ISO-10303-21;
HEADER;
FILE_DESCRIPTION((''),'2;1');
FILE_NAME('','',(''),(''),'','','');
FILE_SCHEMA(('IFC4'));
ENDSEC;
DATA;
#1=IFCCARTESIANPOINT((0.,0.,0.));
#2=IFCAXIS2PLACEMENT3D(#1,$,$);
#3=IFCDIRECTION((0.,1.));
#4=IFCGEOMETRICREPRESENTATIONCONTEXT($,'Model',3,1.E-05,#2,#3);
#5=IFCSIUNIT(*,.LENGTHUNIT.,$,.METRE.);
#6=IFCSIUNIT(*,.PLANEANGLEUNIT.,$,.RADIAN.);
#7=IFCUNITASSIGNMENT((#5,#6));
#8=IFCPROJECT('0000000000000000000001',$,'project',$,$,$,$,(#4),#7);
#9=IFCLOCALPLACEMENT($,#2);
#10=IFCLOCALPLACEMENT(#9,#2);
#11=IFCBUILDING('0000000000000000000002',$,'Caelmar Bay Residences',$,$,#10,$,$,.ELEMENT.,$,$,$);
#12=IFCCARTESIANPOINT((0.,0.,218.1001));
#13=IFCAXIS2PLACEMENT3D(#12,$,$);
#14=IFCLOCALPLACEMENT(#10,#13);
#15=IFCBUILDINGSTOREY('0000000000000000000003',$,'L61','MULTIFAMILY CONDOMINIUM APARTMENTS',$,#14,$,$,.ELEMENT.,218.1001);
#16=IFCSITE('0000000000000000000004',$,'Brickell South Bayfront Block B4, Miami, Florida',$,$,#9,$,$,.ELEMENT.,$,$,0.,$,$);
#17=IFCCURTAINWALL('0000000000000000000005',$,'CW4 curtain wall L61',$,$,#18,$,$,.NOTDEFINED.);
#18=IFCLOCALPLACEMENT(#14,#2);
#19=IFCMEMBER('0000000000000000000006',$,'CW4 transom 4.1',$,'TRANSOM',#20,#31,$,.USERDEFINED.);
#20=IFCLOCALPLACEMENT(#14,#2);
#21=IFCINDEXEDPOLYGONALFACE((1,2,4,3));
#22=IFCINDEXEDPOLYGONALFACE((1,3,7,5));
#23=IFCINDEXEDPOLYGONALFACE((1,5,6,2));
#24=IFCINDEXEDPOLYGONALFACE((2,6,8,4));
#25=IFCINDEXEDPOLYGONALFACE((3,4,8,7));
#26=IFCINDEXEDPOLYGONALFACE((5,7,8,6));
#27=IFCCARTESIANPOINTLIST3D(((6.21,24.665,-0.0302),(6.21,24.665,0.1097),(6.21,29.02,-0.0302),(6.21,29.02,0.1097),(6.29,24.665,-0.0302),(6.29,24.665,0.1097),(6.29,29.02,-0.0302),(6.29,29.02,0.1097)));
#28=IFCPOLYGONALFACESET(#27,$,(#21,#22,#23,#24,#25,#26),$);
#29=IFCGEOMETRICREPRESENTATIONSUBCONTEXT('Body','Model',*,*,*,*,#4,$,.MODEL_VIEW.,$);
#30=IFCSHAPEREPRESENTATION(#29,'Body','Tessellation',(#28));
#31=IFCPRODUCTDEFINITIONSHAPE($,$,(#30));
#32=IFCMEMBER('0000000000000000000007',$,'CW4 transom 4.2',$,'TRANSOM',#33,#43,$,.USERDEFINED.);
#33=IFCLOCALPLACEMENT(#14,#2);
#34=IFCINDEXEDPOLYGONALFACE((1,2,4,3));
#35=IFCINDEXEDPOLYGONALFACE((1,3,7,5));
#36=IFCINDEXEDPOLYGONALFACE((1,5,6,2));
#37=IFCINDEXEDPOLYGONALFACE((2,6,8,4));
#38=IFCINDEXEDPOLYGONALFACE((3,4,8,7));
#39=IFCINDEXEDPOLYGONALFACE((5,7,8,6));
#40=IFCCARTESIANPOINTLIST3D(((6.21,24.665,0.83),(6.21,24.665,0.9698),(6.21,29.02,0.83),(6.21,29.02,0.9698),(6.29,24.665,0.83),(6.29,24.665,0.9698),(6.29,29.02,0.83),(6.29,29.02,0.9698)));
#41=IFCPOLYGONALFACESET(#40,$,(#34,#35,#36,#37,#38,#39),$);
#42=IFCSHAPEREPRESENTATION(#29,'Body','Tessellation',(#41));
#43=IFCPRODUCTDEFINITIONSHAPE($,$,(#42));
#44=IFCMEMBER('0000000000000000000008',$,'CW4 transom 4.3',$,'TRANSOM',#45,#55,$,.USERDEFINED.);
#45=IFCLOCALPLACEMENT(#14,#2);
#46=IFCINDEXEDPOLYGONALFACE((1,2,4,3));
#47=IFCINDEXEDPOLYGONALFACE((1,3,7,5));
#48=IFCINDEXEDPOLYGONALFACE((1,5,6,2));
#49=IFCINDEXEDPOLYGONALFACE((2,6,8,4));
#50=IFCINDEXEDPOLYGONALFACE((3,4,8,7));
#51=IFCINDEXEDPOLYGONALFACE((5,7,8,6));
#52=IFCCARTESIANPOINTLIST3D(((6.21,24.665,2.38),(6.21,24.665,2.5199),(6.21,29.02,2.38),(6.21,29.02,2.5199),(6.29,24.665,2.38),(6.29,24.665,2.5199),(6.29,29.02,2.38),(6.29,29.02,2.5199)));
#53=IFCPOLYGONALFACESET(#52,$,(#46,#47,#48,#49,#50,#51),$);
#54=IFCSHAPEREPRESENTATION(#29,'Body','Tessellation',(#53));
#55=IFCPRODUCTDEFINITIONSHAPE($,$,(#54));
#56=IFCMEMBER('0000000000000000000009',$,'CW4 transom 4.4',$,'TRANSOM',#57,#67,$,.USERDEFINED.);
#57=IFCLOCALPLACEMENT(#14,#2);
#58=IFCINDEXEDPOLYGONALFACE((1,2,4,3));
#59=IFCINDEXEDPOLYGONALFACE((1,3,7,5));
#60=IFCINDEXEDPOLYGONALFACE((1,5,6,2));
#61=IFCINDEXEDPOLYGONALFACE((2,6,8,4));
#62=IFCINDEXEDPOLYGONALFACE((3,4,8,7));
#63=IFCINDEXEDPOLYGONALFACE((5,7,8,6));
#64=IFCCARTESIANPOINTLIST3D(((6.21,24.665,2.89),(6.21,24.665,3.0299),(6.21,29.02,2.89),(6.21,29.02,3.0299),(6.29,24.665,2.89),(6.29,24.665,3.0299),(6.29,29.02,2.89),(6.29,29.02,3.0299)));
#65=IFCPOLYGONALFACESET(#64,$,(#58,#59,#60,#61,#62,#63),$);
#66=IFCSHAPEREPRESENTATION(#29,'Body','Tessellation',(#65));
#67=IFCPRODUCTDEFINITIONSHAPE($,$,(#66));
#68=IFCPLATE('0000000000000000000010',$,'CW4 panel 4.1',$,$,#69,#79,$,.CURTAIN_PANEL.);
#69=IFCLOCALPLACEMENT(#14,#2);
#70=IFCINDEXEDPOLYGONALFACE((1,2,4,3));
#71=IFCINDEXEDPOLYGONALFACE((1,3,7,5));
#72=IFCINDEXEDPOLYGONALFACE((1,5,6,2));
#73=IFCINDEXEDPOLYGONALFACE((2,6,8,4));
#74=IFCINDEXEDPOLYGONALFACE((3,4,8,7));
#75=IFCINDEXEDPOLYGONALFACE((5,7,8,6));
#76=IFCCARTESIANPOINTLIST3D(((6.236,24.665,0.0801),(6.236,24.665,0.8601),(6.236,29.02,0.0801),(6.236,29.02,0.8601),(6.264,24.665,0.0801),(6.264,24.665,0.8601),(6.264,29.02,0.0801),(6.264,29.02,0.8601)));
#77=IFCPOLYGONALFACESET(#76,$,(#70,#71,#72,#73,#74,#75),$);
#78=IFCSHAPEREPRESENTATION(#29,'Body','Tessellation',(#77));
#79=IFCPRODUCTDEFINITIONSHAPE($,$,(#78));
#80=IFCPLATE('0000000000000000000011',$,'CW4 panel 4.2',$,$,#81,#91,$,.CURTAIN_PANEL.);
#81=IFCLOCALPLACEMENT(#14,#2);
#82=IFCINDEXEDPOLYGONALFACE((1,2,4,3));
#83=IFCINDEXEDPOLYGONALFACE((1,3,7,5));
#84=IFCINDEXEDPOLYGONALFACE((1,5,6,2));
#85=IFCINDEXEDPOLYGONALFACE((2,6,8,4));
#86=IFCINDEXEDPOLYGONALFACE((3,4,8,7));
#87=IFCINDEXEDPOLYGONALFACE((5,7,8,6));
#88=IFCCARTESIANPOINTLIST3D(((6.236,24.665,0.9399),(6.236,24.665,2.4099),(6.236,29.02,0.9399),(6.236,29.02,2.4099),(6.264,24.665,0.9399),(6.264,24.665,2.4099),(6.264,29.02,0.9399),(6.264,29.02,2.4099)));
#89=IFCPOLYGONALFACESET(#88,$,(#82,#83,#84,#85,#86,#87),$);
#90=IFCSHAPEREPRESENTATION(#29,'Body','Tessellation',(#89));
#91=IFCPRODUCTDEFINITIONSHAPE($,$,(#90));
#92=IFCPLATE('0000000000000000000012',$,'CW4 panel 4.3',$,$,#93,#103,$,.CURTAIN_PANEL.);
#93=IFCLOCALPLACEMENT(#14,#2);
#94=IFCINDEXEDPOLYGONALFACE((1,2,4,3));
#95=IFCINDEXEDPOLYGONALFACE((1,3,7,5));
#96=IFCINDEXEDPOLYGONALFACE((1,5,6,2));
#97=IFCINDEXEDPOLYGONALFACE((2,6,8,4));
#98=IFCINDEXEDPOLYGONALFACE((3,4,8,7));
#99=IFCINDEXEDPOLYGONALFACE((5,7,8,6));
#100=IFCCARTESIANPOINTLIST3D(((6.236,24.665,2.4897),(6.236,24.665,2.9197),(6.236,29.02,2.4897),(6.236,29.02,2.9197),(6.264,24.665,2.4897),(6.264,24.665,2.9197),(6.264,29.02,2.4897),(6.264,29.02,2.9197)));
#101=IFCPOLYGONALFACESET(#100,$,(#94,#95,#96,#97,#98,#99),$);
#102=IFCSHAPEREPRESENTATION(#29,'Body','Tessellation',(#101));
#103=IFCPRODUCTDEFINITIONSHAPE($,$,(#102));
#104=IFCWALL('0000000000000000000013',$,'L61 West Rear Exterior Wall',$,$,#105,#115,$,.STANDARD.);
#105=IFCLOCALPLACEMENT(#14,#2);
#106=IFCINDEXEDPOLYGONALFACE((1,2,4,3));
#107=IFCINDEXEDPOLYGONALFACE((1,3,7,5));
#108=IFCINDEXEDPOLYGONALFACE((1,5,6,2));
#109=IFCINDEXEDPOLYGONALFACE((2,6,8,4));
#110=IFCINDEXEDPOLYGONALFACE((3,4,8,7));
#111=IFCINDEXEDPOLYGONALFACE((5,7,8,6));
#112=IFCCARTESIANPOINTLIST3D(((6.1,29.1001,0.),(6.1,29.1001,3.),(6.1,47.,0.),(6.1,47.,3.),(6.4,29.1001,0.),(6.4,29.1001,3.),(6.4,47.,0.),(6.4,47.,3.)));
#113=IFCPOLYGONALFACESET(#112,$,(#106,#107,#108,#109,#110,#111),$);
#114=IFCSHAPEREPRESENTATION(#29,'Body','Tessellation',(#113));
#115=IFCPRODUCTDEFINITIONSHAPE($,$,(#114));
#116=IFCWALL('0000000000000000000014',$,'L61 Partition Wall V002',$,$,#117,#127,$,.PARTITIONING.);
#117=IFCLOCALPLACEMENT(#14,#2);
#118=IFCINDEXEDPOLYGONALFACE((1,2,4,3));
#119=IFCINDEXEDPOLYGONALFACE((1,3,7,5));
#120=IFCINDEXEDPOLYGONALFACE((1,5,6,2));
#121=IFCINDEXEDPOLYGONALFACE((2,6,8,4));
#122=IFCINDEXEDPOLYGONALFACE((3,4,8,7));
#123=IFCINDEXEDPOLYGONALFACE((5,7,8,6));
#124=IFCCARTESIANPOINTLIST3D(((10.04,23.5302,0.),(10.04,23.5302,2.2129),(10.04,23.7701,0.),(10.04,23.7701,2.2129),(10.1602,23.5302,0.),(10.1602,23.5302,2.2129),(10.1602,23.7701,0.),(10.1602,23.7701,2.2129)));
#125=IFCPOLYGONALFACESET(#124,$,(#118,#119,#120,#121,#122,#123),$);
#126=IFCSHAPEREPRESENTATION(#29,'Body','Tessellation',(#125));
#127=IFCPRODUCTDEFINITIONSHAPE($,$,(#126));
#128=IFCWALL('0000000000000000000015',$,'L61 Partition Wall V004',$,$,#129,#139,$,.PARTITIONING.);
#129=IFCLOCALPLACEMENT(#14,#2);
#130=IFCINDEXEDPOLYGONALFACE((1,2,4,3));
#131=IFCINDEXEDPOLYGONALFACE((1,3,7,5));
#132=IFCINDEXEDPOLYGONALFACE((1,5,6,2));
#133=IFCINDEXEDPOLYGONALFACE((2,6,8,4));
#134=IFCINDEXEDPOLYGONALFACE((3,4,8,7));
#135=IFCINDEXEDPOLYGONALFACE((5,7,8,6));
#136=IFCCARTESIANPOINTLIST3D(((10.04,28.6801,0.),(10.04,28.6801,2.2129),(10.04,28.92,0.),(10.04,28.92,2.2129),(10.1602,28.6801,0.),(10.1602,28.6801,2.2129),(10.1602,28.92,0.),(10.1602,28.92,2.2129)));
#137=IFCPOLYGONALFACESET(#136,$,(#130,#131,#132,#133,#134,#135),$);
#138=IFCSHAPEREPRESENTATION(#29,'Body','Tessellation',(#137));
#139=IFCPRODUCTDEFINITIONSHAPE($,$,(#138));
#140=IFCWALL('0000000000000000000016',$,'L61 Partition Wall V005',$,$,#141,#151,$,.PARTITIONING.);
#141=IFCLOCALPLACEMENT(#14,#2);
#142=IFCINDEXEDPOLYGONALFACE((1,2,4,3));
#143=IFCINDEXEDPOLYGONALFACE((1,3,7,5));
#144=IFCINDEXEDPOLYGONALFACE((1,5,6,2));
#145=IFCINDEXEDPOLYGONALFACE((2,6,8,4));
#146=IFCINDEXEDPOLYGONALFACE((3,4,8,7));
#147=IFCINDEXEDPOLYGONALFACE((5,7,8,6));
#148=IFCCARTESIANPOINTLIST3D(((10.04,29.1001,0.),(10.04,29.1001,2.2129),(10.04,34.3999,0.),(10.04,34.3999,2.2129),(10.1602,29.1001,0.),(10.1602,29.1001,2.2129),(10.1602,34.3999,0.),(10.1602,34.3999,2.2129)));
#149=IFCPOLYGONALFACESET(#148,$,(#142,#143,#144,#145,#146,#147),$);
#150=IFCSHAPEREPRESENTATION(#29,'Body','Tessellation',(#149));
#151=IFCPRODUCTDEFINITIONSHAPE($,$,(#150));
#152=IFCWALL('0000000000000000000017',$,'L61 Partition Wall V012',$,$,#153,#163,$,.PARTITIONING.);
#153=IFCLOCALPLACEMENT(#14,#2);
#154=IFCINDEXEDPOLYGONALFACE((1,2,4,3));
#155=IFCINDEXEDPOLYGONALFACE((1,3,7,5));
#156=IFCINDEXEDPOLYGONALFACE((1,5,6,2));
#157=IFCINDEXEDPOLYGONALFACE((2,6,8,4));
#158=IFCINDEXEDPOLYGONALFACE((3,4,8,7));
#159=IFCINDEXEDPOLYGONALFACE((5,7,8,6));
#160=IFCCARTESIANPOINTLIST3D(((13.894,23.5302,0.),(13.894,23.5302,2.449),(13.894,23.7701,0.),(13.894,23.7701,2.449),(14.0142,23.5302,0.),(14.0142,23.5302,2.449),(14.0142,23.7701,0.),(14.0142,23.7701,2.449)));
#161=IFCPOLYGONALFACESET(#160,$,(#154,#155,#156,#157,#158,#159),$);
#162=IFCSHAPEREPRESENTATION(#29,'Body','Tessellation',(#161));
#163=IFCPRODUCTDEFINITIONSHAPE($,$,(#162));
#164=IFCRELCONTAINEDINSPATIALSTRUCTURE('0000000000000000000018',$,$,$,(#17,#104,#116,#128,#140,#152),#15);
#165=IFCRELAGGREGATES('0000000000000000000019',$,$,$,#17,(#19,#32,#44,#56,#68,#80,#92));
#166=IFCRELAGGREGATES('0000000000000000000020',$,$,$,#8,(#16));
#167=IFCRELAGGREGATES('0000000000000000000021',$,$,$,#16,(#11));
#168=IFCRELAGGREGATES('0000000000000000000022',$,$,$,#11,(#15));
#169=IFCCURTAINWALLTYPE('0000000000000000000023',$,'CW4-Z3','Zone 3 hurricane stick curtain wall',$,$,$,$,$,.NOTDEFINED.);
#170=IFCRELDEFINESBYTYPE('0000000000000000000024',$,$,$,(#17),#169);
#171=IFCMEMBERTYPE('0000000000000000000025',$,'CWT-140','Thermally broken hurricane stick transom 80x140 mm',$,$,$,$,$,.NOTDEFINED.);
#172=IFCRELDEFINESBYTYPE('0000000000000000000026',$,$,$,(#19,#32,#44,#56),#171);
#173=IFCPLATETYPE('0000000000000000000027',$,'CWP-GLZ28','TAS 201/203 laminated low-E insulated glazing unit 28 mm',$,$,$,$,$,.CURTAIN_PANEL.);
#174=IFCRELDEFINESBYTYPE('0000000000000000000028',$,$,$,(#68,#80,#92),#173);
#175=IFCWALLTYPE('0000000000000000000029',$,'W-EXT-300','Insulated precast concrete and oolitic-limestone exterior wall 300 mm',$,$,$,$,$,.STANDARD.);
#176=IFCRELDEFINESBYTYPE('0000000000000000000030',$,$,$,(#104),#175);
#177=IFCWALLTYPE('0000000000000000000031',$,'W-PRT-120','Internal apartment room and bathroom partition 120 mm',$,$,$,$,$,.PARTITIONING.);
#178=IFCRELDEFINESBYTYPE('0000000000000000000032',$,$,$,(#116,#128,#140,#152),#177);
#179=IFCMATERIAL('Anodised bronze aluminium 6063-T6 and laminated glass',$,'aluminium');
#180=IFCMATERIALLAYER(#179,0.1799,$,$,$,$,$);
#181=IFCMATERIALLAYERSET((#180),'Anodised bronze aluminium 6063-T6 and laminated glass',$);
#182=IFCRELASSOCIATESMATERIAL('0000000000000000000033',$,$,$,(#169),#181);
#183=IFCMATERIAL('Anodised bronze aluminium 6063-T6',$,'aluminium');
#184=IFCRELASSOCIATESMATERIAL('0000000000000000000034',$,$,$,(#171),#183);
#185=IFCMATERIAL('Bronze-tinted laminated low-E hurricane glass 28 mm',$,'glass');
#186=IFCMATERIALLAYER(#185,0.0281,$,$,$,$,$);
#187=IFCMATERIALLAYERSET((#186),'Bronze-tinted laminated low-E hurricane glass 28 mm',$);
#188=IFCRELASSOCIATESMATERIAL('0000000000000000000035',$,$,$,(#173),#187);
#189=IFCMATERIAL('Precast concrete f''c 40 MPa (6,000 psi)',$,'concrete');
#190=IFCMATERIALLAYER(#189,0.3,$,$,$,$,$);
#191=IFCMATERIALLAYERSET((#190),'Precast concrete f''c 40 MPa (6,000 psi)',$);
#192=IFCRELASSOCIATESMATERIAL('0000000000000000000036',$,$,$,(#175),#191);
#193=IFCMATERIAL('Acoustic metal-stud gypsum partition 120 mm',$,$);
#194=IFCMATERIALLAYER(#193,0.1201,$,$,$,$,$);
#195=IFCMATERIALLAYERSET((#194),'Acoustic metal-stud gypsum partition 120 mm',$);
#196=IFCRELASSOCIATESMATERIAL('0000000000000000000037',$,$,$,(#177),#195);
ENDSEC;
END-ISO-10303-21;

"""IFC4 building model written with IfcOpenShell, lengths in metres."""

from ifc_helpers import new_model, si_unit, direction, frame, frame_2d, origin, origin_2d, place, context, subcontext, project, spatial, rectangle, extrude, material, layer, layer_set, material_profile, profile_set, type_object, element, aggregate, save


model = new_model("IFC4")

# Units and contexts
model_context = context("Model", 3, precision=1e-05, world=origin(), true_north=direction((0.0, 1.0)))
body_context = subcontext(model_context, "Body", "Model", "MODEL_VIEW")
ifc_project = project(units=[si_unit("LENGTHUNIT", "METRE"), si_unit("PLANEANGLEUNIT", "RADIAN")], contexts=[model_context])

# Site, building, storey
site_placement = place(None, origin())
site = spatial("IfcSite", under=ifc_project, at=site_placement, Name="Brickell South Bayfront Block B4, Miami, Florida", CompositionType="ELEMENT", RefElevation=0.0)
building_placement = place(site_placement, origin())
building = spatial("IfcBuilding", under=site, at=building_placement, Name="Caelmar Bay Residences", CompositionType="ELEMENT")
storey_placement = place(building_placement, frame((0.0, 0.0, 218.1001)))
storey = spatial("IfcBuildingStorey", under=building, at=storey_placement, Name="L61", Description="MULTIFAMILY CONDOMINIUM APARTMENTS", CompositionType="ELEMENT", Elevation=218.1001)

# Curtain wall, members, plates
ifc_material_1 = material(Name="Anodised bronze aluminium 6063-T6 and laminated glass", Category="aluminium")
ifc_layer_1 = layer(ifc_material_1, 0.1799)
ifc_layer_set_1 = layer_set([ifc_layer_1], Name="Anodised bronze aluminium 6063-T6 and laminated glass")
curtain_wall_type = type_object("IfcCurtainWallType", Name="CW4-Z3", Description="Zone 3 hurricane stick curtain wall", PredefinedType="NOTDEFINED", material=ifc_layer_set_1)
curtain_wall_placement = place(storey_placement, origin())
curtain_wall = element("IfcCurtainWall", 1, at=curtain_wall_placement, inside=storey, type_object=curtain_wall_type, Name="CW4 curtain wall L61", PredefinedType="NOTDEFINED")
ifc_material_2 = material(Name="Anodised bronze aluminium 6063-T6", Category="aluminium")
ifc_material_profile_1 = material_profile(ifc_material_2, rectangle(XDim=0.0801, YDim=0.1399, at=origin_2d()), Name="CWT-80X140")
ifc_profile_set_1 = profile_set([ifc_material_profile_1], Name="Anodised bronze aluminium 6063-T6")
member_type_1 = type_object("IfcMemberType", Name="CWT-140", Description="Thermally broken hurricane stick transom 80x140 mm", PredefinedType="NOTDEFINED", material=ifc_profile_set_1)
member_1_placement = place(storey_placement, frame((6.25, 24.665, 0.0398), z_axis=(0.0, 1.0, 0.0), x_axis=(-1.0, 0.0, 0.0)))
member_1 = element("IfcMember", 2, at=member_1_placement, type_object=member_type_1, Name="CW4 transom 4.1", ObjectType="TRANSOM", PredefinedType="USERDEFINED", context=body_context, shape_type="SweptSolid", body=[
    extrude(rectangle(XDim=0.0801, YDim=0.1399, at=origin_2d()), origin(), (0.0, 0.0, 1.0), 4.355),
])
member_2_placement = place(storey_placement, frame((6.25, 24.665, 0.8999), z_axis=(0.0, 1.0, 0.0), x_axis=(-1.0, 0.0, 0.0)))
member_2 = element("IfcMember", 3, at=member_2_placement, type_object=member_type_1, Name="CW4 transom 4.2", ObjectType="TRANSOM", PredefinedType="USERDEFINED", context=body_context, shape_type="SweptSolid", body=[
    extrude(rectangle(XDim=0.0801, YDim=0.1399, at=origin_2d()), origin(), (0.0, 0.0, 1.0), 4.355),
])
member_3_placement = place(storey_placement, frame((6.25, 24.665, 2.45), z_axis=(0.0, 1.0, 0.0), x_axis=(-1.0, 0.0, 0.0)))
member_3 = element("IfcMember", 4, at=member_3_placement, type_object=member_type_1, Name="CW4 transom 4.3", ObjectType="TRANSOM", PredefinedType="USERDEFINED", context=body_context, shape_type="SweptSolid", body=[
    extrude(rectangle(XDim=0.0801, YDim=0.1399, at=origin_2d()), origin(), (0.0, 0.0, 1.0), 4.355),
])
member_4_placement = place(storey_placement, frame((6.25, 24.665, 2.96), z_axis=(0.0, 1.0, 0.0), x_axis=(-1.0, 0.0, 0.0)))
member_4 = element("IfcMember", 5, at=member_4_placement, type_object=member_type_1, Name="CW4 transom 4.4", ObjectType="TRANSOM", PredefinedType="USERDEFINED", context=body_context, shape_type="SweptSolid", body=[
    extrude(rectangle(XDim=0.0801, YDim=0.1399, at=origin_2d()), origin(), (0.0, 0.0, 1.0), 4.355),
])
ifc_material_3 = material(Name="Bronze-tinted laminated low-E hurricane glass 28 mm", Category="glass")
ifc_layer_2 = layer(ifc_material_3, 0.0281)
ifc_layer_set_2 = layer_set([ifc_layer_2], Name="Bronze-tinted laminated low-E hurricane glass 28 mm")
plate_type = type_object("IfcPlateType", Name="CWP-GLZ28", Description="TAS 201/203 laminated low-E insulated glazing unit 28 mm", PredefinedType="CURTAIN_PANEL", material=ifc_layer_set_2)
plate_1_placement = place(storey_placement, frame((6.25, 26.8425, 0.0801), z_axis=(0.0, 0.0, 1.0), x_axis=(0.0, 1.0, 0.0)))
plate_1 = element("IfcPlate", 6, at=plate_1_placement, type_object=plate_type, Name="CW4 panel 4.1", PredefinedType="CURTAIN_PANEL", context=body_context, shape_type="SweptSolid", body=[
    extrude(rectangle(XDim=4.355, YDim=0.0281, at=origin_2d()), origin(), (0.0, 0.0, 1.0), 0.78),
])
plate_2_placement = place(storey_placement, frame((6.25, 26.8425, 0.9399), z_axis=(0.0, 0.0, 1.0), x_axis=(0.0, 1.0, 0.0)))
plate_2 = element("IfcPlate", 7, at=plate_2_placement, type_object=plate_type, Name="CW4 panel 4.2", PredefinedType="CURTAIN_PANEL", context=body_context, shape_type="SweptSolid", body=[
    extrude(rectangle(XDim=4.355, YDim=0.0281, at=origin_2d()), origin(), (0.0, 0.0, 1.0), 1.47),
])
plate_3_placement = place(storey_placement, frame((6.25, 26.8425, 2.4897), z_axis=(0.0, 0.0, 1.0), x_axis=(0.0, 1.0, 0.0)))
plate_3 = element("IfcPlate", 8, at=plate_3_placement, type_object=plate_type, Name="CW4 panel 4.3", PredefinedType="CURTAIN_PANEL", context=body_context, shape_type="SweptSolid", body=[
    extrude(rectangle(XDim=4.355, YDim=0.0281, at=origin_2d()), origin(), (0.0, 0.0, 1.0), 0.4299),
])
aggregate(curtain_wall, [member_1, member_2, member_3, member_4, plate_1, plate_2, plate_3])

# Walls
ifc_material_4 = material(Name="Precast concrete f'c 40 MPa (6,000 psi)", Category="concrete")
ifc_layer_3 = layer(ifc_material_4, 0.3)
ifc_layer_set_3 = layer_set([ifc_layer_3], Name="Precast concrete f'c 40 MPa (6,000 psi)")
wall_type_1 = type_object("IfcWallType", Name="W-EXT-300", Description="Insulated precast concrete and oolitic-limestone exterior wall 300 mm", PredefinedType="STANDARD", material=ifc_layer_set_3)
wall_1_placement = place(storey_placement, frame((6.25, 29.1001, 0.0), z_axis=(0.0, 0.0, 1.0), x_axis=(0.0, 1.0, 0.0)))
element("IfcWall", 9, at=wall_1_placement, inside=storey, type_object=wall_type_1, Name="L61 West Rear Exterior Wall", PredefinedType="STANDARD", context=body_context, shape_type="SweptSolid", body=[
    extrude(rectangle(XDim=17.8999, YDim=0.3, at=frame_2d((8.95, 0.0))), origin(), (0.0, 0.0, 1.0), 3.0),
])
ifc_material_5 = material(Name="Acoustic metal-stud gypsum partition 120 mm")
ifc_layer_4 = layer(ifc_material_5, 0.1201)
ifc_layer_set_4 = layer_set([ifc_layer_4], Name="Acoustic metal-stud gypsum partition 120 mm")
wall_type_2 = type_object("IfcWallType", Name="W-PRT-120", Description="Internal apartment room and bathroom partition 120 mm", PredefinedType="PARTITIONING", material=ifc_layer_set_4)
wall_2_placement = place(storey_placement, frame((10.1001, 23.53, 0.0), z_axis=(0.0, 0.0, 1.0), x_axis=(0.0, 1.0, 0.0)))
element("IfcWall", 10, at=wall_2_placement, inside=storey, type_object=wall_type_2, Name="L61 Partition Wall V002", PredefinedType="PARTITIONING", context=body_context, shape_type="SweptSolid", body=[
    extrude(rectangle(XDim=0.24, YDim=0.1201, at=frame_2d((0.1201, 0.0))), origin(), (0.0, 0.0, 1.0), 2.2129),
])

# Walls
wall_3_placement = place(storey_placement, frame((10.1001, 28.6799, 0.0), z_axis=(0.0, 0.0, 1.0), x_axis=(0.0, 1.0, 0.0)))
element("IfcWall", 11, at=wall_3_placement, inside=storey, type_object=wall_type_2, Name="L61 Partition Wall V004", PredefinedType="PARTITIONING", context=body_context, shape_type="SweptSolid", body=[
    extrude(rectangle(XDim=0.24, YDim=0.1201, at=frame_2d((0.1201, 0.0))), origin(), (0.0, 0.0, 1.0), 2.2129),
])
wall_4_placement = place(storey_placement, frame((10.1001, 29.1001, 0.0), z_axis=(0.0, 0.0, 1.0), x_axis=(0.0, 1.0, 0.0)))
element("IfcWall", 12, at=wall_4_placement, inside=storey, type_object=wall_type_2, Name="L61 Partition Wall V005", PredefinedType="PARTITIONING", context=body_context, shape_type="SweptSolid", body=[
    extrude(rectangle(XDim=5.2998, YDim=0.1201, at=frame_2d((2.6499, 0.0))), origin(), (0.0, 0.0, 1.0), 2.2129),
])
wall_5_placement = place(storey_placement, frame((13.9541, 23.53, 0.0), z_axis=(0.0, 0.0, 1.0), x_axis=(0.0, 1.0, 0.0)))
element("IfcWall", 13, at=wall_5_placement, inside=storey, type_object=wall_type_2, Name="L61 Partition Wall V012", PredefinedType="PARTITIONING", context=body_context, shape_type="SweptSolid", body=[
    extrude(rectangle(XDim=0.24, YDim=0.1201, at=frame_2d((0.1201, 0.0))), origin(), (0.0, 0.0, 1.0), 2.449),
])

save(model, "model.ifc")
